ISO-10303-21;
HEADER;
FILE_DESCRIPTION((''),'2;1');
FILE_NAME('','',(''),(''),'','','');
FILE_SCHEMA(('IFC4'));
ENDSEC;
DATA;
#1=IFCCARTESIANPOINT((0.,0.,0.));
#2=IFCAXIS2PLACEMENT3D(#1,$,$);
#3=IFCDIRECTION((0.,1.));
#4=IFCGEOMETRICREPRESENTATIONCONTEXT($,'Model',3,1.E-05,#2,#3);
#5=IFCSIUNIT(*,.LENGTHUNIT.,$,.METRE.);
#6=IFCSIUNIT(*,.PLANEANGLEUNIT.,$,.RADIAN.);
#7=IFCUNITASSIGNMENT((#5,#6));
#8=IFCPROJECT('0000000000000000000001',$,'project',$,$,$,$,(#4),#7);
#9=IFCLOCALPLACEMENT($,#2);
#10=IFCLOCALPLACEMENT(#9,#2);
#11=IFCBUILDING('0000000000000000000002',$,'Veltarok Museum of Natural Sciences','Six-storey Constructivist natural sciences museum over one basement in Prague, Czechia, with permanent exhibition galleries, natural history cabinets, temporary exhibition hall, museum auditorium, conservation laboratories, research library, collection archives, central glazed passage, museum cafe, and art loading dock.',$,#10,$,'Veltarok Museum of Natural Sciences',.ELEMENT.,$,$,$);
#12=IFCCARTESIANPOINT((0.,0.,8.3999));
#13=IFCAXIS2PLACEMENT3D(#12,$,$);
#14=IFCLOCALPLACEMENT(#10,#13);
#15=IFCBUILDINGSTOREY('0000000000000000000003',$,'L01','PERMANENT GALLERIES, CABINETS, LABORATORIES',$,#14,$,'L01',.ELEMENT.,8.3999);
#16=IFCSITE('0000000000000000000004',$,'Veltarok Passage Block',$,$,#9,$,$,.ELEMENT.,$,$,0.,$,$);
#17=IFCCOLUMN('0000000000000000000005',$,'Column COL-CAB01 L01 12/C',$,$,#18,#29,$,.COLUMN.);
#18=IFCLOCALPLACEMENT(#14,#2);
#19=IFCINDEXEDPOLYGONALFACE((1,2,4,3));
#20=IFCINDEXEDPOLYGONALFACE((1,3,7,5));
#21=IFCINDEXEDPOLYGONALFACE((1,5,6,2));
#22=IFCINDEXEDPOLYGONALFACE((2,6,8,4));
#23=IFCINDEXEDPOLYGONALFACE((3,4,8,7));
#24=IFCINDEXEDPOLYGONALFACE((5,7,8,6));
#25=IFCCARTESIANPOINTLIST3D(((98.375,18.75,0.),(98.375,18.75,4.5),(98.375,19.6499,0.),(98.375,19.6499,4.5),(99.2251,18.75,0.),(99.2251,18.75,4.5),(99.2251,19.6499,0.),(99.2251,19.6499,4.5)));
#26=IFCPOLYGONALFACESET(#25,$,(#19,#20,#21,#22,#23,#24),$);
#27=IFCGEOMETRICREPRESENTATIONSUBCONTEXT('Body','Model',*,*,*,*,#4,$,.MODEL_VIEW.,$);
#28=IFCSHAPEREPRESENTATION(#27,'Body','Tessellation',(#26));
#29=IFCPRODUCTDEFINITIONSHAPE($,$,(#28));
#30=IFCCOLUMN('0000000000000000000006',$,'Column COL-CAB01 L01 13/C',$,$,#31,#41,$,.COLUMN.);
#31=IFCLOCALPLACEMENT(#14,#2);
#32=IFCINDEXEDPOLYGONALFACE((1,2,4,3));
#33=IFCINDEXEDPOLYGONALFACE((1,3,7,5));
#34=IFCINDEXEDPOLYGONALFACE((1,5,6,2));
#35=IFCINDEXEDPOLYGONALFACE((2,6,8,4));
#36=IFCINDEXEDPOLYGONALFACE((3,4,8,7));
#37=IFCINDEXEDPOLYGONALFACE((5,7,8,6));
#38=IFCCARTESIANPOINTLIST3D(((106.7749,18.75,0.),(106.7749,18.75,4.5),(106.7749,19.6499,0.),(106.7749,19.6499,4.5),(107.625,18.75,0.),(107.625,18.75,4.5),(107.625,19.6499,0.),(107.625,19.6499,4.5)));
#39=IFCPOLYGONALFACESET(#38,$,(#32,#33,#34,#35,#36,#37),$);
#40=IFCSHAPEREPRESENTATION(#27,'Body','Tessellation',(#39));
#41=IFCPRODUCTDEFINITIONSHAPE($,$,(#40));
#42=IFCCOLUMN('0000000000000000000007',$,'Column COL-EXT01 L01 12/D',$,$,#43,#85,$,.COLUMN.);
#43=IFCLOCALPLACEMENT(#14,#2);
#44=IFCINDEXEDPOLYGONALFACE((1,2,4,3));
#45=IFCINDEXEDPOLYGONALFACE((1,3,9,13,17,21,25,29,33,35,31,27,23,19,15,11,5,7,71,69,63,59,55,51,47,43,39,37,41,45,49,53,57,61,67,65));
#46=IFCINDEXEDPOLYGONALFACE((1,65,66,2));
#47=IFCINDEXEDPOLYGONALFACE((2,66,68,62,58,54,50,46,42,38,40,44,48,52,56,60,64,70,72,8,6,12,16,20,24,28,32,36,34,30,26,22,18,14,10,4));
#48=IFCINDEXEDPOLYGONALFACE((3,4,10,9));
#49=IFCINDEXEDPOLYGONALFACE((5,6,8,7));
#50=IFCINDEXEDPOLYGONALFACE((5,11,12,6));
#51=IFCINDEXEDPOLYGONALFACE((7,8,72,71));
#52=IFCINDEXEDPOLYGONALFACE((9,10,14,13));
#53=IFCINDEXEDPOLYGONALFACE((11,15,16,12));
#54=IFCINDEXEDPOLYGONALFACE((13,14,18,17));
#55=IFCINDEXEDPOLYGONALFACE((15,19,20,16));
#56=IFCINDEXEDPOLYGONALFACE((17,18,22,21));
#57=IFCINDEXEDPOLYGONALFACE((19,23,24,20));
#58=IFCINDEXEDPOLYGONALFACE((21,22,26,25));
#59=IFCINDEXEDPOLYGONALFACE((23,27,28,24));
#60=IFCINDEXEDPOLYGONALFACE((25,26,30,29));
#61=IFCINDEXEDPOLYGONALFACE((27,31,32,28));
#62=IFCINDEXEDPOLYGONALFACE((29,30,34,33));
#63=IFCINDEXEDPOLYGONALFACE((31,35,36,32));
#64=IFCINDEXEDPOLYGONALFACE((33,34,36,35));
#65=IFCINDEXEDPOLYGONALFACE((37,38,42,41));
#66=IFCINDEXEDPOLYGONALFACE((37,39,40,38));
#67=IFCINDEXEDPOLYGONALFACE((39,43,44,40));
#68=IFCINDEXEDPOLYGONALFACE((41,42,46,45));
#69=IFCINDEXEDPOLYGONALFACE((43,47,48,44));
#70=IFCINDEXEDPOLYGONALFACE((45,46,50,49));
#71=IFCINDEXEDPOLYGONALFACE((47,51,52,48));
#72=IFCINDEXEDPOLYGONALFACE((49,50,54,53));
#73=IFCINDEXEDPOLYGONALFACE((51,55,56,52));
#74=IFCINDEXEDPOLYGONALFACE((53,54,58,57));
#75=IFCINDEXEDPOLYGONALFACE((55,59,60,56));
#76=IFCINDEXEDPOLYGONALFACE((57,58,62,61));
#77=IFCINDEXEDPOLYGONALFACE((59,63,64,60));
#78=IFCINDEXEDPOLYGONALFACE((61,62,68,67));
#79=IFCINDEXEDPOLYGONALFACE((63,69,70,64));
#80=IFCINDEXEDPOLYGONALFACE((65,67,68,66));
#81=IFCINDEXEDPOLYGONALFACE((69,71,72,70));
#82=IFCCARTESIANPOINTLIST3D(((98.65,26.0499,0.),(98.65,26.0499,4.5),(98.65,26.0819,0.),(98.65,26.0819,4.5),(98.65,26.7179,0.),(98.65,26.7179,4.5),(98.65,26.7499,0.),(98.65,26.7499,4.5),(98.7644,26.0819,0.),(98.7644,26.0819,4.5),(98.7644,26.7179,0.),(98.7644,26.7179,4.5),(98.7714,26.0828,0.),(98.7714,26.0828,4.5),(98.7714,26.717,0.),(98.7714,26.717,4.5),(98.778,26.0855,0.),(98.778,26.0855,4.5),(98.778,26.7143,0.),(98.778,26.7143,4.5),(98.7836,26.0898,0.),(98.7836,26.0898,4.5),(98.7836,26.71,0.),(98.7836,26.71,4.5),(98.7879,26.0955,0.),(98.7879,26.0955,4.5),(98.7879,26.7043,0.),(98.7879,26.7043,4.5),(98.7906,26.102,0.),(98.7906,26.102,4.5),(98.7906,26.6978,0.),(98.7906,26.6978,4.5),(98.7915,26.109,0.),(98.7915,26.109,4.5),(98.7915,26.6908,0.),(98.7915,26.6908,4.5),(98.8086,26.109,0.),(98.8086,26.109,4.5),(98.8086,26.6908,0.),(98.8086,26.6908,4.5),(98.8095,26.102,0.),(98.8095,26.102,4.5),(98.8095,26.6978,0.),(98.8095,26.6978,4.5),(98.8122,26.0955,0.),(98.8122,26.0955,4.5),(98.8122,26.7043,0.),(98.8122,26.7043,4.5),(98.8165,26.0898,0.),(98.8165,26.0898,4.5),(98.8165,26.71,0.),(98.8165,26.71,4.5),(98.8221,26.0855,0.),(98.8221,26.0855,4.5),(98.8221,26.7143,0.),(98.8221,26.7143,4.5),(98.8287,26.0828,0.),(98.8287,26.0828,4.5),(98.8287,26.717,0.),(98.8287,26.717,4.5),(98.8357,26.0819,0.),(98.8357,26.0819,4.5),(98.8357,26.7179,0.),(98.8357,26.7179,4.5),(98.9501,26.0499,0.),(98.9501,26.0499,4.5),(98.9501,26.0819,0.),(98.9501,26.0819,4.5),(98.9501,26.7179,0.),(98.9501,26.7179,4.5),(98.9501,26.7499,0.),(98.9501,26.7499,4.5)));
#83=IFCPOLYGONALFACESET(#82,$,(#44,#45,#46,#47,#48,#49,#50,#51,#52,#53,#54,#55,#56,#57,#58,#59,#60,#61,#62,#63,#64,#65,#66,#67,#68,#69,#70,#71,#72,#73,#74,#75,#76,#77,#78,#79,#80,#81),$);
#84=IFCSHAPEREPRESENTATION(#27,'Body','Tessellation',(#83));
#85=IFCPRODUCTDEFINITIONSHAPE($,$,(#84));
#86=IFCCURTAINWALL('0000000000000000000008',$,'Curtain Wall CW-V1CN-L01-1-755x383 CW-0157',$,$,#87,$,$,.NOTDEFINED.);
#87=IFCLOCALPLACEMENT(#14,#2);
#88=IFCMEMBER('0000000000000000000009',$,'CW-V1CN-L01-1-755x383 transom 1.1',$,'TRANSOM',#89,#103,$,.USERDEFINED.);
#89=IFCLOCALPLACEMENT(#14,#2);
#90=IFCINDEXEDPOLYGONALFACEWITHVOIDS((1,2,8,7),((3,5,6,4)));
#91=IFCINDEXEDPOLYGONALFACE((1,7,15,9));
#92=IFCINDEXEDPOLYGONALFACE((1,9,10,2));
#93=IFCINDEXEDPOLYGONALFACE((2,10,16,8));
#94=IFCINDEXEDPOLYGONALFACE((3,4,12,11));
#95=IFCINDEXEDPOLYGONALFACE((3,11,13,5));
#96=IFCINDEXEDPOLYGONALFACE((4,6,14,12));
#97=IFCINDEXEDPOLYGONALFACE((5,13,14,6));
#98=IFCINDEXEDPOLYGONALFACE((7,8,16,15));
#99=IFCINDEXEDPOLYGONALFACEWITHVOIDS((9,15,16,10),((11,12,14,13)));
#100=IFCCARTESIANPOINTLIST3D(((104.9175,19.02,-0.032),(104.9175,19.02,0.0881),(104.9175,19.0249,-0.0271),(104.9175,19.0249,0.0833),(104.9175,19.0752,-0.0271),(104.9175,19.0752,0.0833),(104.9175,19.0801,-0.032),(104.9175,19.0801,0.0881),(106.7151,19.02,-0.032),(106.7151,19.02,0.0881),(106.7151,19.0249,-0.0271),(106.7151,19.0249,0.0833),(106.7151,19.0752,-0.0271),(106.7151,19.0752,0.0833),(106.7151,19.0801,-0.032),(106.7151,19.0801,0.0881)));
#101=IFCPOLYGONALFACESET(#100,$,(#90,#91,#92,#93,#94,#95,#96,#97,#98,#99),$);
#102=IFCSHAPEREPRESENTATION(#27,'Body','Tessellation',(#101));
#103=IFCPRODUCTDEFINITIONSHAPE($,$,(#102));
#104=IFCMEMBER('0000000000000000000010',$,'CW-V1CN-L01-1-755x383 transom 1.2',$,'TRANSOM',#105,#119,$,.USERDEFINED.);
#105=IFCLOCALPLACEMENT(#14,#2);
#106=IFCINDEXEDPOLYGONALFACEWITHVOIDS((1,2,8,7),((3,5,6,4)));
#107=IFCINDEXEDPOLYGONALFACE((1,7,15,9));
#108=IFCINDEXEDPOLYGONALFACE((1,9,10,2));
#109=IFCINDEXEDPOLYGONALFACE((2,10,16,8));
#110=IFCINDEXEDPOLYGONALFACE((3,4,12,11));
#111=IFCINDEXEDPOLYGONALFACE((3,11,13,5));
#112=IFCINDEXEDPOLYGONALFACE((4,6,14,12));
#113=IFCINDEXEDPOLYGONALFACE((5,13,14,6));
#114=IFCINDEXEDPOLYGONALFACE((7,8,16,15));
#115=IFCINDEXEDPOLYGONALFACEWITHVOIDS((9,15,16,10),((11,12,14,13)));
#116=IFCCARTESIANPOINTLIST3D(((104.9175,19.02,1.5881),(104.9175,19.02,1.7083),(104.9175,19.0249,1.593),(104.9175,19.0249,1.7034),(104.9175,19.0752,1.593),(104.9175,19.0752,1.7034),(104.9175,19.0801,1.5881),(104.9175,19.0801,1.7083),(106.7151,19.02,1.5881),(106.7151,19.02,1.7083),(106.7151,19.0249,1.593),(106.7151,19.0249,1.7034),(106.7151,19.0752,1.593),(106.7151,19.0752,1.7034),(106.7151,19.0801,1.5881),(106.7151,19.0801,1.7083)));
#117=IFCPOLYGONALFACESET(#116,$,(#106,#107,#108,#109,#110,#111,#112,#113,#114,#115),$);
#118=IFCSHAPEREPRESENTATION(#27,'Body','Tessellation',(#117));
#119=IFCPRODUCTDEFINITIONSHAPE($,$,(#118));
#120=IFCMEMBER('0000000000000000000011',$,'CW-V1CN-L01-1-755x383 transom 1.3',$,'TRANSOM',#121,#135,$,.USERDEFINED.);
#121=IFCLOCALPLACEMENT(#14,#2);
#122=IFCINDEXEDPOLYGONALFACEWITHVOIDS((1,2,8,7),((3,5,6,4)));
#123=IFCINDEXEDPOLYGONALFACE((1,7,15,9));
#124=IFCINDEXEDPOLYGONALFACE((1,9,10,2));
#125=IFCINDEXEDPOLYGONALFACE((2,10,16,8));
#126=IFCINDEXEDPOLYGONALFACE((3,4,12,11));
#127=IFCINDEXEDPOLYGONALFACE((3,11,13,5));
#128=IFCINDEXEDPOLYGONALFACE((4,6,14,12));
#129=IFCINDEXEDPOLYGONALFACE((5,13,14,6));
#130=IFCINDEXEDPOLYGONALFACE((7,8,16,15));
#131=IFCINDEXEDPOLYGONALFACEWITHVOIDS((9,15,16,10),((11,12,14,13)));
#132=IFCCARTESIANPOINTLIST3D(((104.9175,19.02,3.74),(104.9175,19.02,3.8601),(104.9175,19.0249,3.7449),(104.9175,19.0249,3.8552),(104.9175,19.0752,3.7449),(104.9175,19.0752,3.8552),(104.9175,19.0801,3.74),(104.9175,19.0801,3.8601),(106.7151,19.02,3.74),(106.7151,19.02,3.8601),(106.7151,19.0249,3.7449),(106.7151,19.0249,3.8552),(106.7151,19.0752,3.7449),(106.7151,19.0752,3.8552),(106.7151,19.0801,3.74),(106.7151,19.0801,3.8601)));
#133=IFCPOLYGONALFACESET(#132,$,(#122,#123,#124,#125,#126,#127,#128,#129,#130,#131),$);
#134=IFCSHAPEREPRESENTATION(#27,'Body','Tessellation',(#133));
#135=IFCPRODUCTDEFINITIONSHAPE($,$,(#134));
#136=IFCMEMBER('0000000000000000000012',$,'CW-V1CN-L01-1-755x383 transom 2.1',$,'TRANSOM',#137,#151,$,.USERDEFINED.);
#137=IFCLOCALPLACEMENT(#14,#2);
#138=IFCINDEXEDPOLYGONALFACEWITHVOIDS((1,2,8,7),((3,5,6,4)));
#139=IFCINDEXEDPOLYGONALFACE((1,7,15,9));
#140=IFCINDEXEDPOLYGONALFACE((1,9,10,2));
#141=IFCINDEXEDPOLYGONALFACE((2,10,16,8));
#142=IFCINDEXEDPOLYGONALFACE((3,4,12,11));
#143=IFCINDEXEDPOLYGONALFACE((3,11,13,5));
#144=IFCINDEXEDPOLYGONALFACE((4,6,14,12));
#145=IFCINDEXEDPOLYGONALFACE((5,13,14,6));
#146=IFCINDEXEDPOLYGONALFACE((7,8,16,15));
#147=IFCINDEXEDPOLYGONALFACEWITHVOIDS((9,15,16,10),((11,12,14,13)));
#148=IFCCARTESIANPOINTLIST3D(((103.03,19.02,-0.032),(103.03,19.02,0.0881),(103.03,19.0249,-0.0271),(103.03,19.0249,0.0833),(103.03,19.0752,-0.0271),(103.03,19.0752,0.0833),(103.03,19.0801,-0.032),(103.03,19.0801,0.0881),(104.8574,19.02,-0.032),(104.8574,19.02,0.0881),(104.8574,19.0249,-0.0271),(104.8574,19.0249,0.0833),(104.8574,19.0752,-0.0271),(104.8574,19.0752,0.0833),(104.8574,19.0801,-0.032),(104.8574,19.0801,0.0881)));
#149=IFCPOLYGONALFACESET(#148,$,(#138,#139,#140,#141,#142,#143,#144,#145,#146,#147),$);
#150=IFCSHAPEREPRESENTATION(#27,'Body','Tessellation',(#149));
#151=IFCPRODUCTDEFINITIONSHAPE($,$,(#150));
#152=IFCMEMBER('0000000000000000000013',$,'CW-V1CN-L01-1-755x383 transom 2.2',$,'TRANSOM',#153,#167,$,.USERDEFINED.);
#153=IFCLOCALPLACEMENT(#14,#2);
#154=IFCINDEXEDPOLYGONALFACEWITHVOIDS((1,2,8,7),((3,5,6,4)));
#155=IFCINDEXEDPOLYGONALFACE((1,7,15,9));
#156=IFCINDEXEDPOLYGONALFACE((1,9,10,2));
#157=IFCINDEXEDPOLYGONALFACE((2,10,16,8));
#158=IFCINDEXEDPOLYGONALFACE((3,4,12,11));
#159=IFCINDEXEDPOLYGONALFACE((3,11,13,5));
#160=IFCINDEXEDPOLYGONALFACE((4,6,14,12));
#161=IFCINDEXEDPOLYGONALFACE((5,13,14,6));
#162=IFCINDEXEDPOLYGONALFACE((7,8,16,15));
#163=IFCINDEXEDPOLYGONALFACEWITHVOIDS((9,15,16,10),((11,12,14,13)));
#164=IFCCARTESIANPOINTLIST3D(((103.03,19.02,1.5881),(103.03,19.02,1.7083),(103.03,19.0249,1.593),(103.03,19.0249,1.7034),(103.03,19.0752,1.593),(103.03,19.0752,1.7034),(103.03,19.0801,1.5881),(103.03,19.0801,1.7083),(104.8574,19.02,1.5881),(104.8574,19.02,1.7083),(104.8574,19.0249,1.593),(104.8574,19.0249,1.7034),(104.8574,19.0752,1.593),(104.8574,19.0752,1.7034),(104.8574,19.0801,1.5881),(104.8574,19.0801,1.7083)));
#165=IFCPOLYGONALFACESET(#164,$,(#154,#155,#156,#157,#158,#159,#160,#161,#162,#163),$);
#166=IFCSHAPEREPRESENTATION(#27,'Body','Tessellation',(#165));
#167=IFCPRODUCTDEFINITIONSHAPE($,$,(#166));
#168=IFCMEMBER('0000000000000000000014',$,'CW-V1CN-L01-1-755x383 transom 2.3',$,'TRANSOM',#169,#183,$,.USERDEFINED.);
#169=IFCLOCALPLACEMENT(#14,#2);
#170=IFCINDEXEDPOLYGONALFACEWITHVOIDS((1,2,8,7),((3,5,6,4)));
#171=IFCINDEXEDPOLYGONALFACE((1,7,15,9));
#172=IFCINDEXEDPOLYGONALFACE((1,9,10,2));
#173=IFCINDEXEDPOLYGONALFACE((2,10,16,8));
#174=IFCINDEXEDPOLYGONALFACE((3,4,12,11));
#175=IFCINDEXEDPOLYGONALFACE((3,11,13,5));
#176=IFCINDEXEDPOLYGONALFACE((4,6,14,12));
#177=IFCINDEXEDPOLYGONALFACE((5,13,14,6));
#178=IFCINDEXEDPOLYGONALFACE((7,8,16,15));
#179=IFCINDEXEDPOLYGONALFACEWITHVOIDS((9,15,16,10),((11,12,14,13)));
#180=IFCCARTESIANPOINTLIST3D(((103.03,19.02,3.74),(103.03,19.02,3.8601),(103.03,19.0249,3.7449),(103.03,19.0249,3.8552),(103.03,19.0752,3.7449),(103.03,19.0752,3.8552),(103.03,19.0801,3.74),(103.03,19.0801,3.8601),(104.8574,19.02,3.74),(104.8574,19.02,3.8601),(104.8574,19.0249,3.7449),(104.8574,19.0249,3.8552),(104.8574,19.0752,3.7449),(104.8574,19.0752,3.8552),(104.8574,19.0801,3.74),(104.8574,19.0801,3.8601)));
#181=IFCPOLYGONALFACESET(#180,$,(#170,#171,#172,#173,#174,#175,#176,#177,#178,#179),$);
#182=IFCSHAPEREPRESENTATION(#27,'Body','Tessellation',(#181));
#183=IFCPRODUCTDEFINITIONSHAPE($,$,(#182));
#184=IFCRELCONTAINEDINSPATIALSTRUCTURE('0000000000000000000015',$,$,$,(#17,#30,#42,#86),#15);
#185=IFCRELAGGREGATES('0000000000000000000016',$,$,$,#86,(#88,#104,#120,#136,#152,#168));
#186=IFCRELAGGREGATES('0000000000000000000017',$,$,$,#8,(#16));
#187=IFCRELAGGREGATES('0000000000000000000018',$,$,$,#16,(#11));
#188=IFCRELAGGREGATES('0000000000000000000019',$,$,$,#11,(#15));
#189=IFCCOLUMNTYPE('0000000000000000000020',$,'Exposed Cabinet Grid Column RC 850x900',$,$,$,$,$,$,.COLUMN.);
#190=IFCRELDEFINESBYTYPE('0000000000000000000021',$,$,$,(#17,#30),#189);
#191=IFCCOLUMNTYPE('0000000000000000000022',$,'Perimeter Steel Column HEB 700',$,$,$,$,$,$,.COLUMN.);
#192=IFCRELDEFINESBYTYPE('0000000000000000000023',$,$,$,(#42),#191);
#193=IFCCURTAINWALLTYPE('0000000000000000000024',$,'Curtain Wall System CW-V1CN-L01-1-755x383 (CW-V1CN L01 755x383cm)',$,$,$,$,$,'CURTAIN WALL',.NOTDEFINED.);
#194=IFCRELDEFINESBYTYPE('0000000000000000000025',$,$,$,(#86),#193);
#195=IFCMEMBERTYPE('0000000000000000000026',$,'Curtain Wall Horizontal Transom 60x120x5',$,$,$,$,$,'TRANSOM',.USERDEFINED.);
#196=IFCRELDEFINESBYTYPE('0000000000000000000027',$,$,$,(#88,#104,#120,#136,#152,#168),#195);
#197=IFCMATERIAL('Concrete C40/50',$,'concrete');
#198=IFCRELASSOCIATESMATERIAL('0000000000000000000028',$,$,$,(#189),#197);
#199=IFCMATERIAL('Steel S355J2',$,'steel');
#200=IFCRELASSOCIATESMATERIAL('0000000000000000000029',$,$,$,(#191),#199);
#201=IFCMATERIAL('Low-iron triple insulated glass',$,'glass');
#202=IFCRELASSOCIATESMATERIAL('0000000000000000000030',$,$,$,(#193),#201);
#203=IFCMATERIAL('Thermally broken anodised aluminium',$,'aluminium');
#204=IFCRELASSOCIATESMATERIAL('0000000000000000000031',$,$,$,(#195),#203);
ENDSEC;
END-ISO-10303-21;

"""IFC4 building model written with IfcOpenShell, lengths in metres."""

from ifc_helpers import new_model, si_unit, direction, frame, origin, origin_2d, place, context, subcontext, project, spatial, rectangle, hollow_rectangle, i_section, extrude, material, material_profile, profile_set, type_object, element, aggregate, save


model = new_model("IFC4")

# Units and contexts
model_context = context("Model", 3, precision=1e-05, world=origin(), true_north=direction((0.0, 1.0)))
body_context = subcontext(model_context, "Body", "Model", "MODEL_VIEW")
ifc_project = project(units=[si_unit("LENGTHUNIT", "METRE"), si_unit("PLANEANGLEUNIT", "RADIAN")], contexts=[model_context])

# Site, building, storey
site_placement = place(None, origin())
site = spatial("IfcSite", under=ifc_project, at=site_placement, Name="Veltarok Passage Block", CompositionType="ELEMENT", RefElevation=0.0)
building_placement = place(site_placement, origin())
building = spatial("IfcBuilding", under=site, at=building_placement, Name="Veltarok Museum of Natural Sciences", Description="Six-storey Constructivist natural sciences museum over one basement in Prague, Czechia, with permanent exhibition galleries, natural history cabinets, temporary exhibition hall, museum auditorium, conservation laboratories, research library, collection archives, central glazed passage, museum cafe, and art loading dock.", LongName="Veltarok Museum of Natural Sciences", CompositionType="ELEMENT")
storey_placement = place(building_placement, frame((0.0, 0.0, 8.3999)))
storey = spatial("IfcBuildingStorey", under=building, at=storey_placement, Name="L01", Description="PERMANENT GALLERIES, CABINETS, LABORATORIES", LongName="L01", CompositionType="ELEMENT", Elevation=8.3999)

# Columns
ifc_material_1 = material(Name="Concrete C40/50", Category="concrete")
ifc_material_profile_1 = material_profile(ifc_material_1, rectangle(XDim=0.8501, YDim=0.8999, at=origin_2d()), Name="RC 850x900")
ifc_profile_set_1 = profile_set([ifc_material_profile_1], Name="Concrete C40/50")
column_type_1 = type_object("IfcColumnType", Name="Exposed Cabinet Grid Column RC 850x900", PredefinedType="COLUMN", material=ifc_profile_set_1)
for number, where, z_axis, x_axis, name in (
    (1, (98.8, 19.2, 0.0), (0.0, 0.0, 1.0), (1.0, 0.0, 0.0), "Column COL-CAB01 L01 12/C"),
    (2, (107.2, 19.2, 0.0), (0.0, 0.0, 1.0), (1.0, 0.0, 0.0), "Column COL-CAB01 L01 13/C"),
):
    element("IfcColumn", number, at=place(storey_placement, frame(where, z_axis=z_axis, x_axis=x_axis)), inside=storey, type_object=column_type_1, Name=name, PredefinedType="COLUMN", context=body_context, shape_type="SweptSolid", body=[
        extrude(rectangle(XDim=0.8501, YDim=0.8999, at=origin_2d()), origin(), (0.0, 0.0, 1.0), 4.5),
    ])
ifc_material_2 = material(Name="Steel S355J2", Category="steel")
ifc_material_profile_2 = material_profile(ifc_material_2, i_section(OverallWidth=0.3, OverallDepth=0.7, WebThickness=0.0171, FlangeThickness=0.032, FilletRadius=0.0271, at=origin_2d()), Name="HEB 700")
ifc_profile_set_2 = profile_set([ifc_material_profile_2], Name="Steel S355J2")
column_type_2 = type_object("IfcColumnType", Name="Perimeter Steel Column HEB 700", PredefinedType="COLUMN", material=ifc_profile_set_2)
column_placement = place(storey_placement, frame((98.8, 26.3999, 0.0), z_axis=(0.0, 0.0, 1.0), x_axis=(1.0, 0.0, 0.0)))
element("IfcColumn", 3, at=column_placement, inside=storey, type_object=column_type_2, Name="Column COL-EXT01 L01 12/D", PredefinedType="COLUMN", context=body_context, shape_type="SweptSolid", body=[
    extrude(i_section(OverallWidth=0.3, OverallDepth=0.7, WebThickness=0.0171, FlangeThickness=0.032, FilletRadius=0.0271, at=origin_2d()), origin(), (0.0, 0.0, 1.0), 4.5),
])

# Curtain wall, members
ifc_material_3 = material(Name="Low-iron triple insulated glass", Category="glass")
curtain_wall_type = type_object("IfcCurtainWallType", Name="Curtain Wall System CW-V1CN-L01-1-755x383 (CW-V1CN L01 755x383cm)", ElementType="CURTAIN WALL", PredefinedType="NOTDEFINED", material=ifc_material_3)
curtain_wall_placement = place(storey_placement, origin())
curtain_wall = element("IfcCurtainWall", 4, at=curtain_wall_placement, inside=storey, type_object=curtain_wall_type, Name="Curtain Wall CW-V1CN-L01-1-755x383 CW-0157", PredefinedType="NOTDEFINED")
ifc_material_4 = material(Name="Thermally broken anodised aluminium", Category="aluminium")
ifc_material_profile_3 = material_profile(ifc_material_4, hollow_rectangle(XDim=0.0601, YDim=0.1201, WallThickness=0.0049, at=origin_2d()), Name="CW TRANSOM 60x120x5")
ifc_profile_set_3 = profile_set([ifc_material_profile_3], Name="Thermally broken anodised aluminium")
member_type_1 = type_object("IfcMemberType", Name="Curtain Wall Horizontal Transom 60x120x5", ElementType="TRANSOM", PredefinedType="USERDEFINED", material=ifc_profile_set_3)
member_1_placement = place(storey_placement, frame((106.7151, 19.05, 0.0281), z_axis=(-1.0, 0.0, 0.0), x_axis=(0.0, -1.0, 0.0)))
member_1 = element("IfcMember", 5, at=member_1_placement, type_object=member_type_1, Name="CW-V1CN-L01-1-755x383 transom 1.1", ObjectType="TRANSOM", PredefinedType="USERDEFINED", context=body_context, shape_type="SweptSolid", body=[
    extrude(hollow_rectangle(XDim=0.0601, YDim=0.1201, WallThickness=0.0049, at=origin_2d()), origin(), (0.0, 0.0, 1.0), 1.7976),
])
member_2_placement = place(storey_placement, frame((106.7151, 19.05, 1.6482), z_axis=(-1.0, 0.0, 0.0), x_axis=(0.0, -1.0, 0.0)))
member_2 = element("IfcMember", 6, at=member_2_placement, type_object=member_type_1, Name="CW-V1CN-L01-1-755x383 transom 1.2", ObjectType="TRANSOM", PredefinedType="USERDEFINED", context=body_context, shape_type="SweptSolid", body=[
    extrude(hollow_rectangle(XDim=0.0601, YDim=0.1201, WallThickness=0.0049, at=origin_2d()), origin(), (0.0, 0.0, 1.0), 1.7976),
])
member_3_placement = place(storey_placement, frame((106.7151, 19.05, 3.8), z_axis=(-1.0, 0.0, 0.0), x_axis=(0.0, -1.0, 0.0)))
member_3 = element("IfcMember", 7, at=member_3_placement, type_object=member_type_1, Name="CW-V1CN-L01-1-755x383 transom 1.3", ObjectType="TRANSOM", PredefinedType="USERDEFINED", context=body_context, shape_type="SweptSolid", body=[
    extrude(hollow_rectangle(XDim=0.0601, YDim=0.1201, WallThickness=0.0049, at=origin_2d()), origin(), (0.0, 0.0, 1.0), 1.7976),
])
member_4_placement = place(storey_placement, frame((104.8574, 19.05, 0.0281), z_axis=(-1.0, 0.0, 0.0), x_axis=(0.0, -1.0, 0.0)))
member_4 = element("IfcMember", 8, at=member_4_placement, type_object=member_type_1, Name="CW-V1CN-L01-1-755x383 transom 2.1", ObjectType="TRANSOM", PredefinedType="USERDEFINED", context=body_context, shape_type="SweptSolid", body=[
    extrude(hollow_rectangle(XDim=0.0601, YDim=0.1201, WallThickness=0.0049, at=origin_2d()), origin(), (0.0, 0.0, 1.0), 1.8274),
])
member_5_placement = place(storey_placement, frame((104.8574, 19.05, 1.6482), z_axis=(-1.0, 0.0, 0.0), x_axis=(0.0, -1.0, 0.0)))
member_5 = element("IfcMember", 9, at=member_5_placement, type_object=member_type_1, Name="CW-V1CN-L01-1-755x383 transom 2.2", ObjectType="TRANSOM", PredefinedType="USERDEFINED", context=body_context, shape_type="SweptSolid", body=[
    extrude(hollow_rectangle(XDim=0.0601, YDim=0.1201, WallThickness=0.0049, at=origin_2d()), origin(), (0.0, 0.0, 1.0), 1.8274),
])
member_6_placement = place(storey_placement, frame((104.8574, 19.05, 3.8), z_axis=(-1.0, 0.0, 0.0), x_axis=(0.0, -1.0, 0.0)))
member_6 = element("IfcMember", 10, at=member_6_placement, type_object=member_type_1, Name="CW-V1CN-L01-1-755x383 transom 2.3", ObjectType="TRANSOM", PredefinedType="USERDEFINED", context=body_context, shape_type="SweptSolid", body=[
    extrude(hollow_rectangle(XDim=0.0601, YDim=0.1201, WallThickness=0.0049, at=origin_2d()), origin(), (0.0, 0.0, 1.0), 1.8274),
])

aggregate(curtain_wall, [member_1, member_2, member_3, member_4, member_5, member_6])

save(model, "model.ifc")
